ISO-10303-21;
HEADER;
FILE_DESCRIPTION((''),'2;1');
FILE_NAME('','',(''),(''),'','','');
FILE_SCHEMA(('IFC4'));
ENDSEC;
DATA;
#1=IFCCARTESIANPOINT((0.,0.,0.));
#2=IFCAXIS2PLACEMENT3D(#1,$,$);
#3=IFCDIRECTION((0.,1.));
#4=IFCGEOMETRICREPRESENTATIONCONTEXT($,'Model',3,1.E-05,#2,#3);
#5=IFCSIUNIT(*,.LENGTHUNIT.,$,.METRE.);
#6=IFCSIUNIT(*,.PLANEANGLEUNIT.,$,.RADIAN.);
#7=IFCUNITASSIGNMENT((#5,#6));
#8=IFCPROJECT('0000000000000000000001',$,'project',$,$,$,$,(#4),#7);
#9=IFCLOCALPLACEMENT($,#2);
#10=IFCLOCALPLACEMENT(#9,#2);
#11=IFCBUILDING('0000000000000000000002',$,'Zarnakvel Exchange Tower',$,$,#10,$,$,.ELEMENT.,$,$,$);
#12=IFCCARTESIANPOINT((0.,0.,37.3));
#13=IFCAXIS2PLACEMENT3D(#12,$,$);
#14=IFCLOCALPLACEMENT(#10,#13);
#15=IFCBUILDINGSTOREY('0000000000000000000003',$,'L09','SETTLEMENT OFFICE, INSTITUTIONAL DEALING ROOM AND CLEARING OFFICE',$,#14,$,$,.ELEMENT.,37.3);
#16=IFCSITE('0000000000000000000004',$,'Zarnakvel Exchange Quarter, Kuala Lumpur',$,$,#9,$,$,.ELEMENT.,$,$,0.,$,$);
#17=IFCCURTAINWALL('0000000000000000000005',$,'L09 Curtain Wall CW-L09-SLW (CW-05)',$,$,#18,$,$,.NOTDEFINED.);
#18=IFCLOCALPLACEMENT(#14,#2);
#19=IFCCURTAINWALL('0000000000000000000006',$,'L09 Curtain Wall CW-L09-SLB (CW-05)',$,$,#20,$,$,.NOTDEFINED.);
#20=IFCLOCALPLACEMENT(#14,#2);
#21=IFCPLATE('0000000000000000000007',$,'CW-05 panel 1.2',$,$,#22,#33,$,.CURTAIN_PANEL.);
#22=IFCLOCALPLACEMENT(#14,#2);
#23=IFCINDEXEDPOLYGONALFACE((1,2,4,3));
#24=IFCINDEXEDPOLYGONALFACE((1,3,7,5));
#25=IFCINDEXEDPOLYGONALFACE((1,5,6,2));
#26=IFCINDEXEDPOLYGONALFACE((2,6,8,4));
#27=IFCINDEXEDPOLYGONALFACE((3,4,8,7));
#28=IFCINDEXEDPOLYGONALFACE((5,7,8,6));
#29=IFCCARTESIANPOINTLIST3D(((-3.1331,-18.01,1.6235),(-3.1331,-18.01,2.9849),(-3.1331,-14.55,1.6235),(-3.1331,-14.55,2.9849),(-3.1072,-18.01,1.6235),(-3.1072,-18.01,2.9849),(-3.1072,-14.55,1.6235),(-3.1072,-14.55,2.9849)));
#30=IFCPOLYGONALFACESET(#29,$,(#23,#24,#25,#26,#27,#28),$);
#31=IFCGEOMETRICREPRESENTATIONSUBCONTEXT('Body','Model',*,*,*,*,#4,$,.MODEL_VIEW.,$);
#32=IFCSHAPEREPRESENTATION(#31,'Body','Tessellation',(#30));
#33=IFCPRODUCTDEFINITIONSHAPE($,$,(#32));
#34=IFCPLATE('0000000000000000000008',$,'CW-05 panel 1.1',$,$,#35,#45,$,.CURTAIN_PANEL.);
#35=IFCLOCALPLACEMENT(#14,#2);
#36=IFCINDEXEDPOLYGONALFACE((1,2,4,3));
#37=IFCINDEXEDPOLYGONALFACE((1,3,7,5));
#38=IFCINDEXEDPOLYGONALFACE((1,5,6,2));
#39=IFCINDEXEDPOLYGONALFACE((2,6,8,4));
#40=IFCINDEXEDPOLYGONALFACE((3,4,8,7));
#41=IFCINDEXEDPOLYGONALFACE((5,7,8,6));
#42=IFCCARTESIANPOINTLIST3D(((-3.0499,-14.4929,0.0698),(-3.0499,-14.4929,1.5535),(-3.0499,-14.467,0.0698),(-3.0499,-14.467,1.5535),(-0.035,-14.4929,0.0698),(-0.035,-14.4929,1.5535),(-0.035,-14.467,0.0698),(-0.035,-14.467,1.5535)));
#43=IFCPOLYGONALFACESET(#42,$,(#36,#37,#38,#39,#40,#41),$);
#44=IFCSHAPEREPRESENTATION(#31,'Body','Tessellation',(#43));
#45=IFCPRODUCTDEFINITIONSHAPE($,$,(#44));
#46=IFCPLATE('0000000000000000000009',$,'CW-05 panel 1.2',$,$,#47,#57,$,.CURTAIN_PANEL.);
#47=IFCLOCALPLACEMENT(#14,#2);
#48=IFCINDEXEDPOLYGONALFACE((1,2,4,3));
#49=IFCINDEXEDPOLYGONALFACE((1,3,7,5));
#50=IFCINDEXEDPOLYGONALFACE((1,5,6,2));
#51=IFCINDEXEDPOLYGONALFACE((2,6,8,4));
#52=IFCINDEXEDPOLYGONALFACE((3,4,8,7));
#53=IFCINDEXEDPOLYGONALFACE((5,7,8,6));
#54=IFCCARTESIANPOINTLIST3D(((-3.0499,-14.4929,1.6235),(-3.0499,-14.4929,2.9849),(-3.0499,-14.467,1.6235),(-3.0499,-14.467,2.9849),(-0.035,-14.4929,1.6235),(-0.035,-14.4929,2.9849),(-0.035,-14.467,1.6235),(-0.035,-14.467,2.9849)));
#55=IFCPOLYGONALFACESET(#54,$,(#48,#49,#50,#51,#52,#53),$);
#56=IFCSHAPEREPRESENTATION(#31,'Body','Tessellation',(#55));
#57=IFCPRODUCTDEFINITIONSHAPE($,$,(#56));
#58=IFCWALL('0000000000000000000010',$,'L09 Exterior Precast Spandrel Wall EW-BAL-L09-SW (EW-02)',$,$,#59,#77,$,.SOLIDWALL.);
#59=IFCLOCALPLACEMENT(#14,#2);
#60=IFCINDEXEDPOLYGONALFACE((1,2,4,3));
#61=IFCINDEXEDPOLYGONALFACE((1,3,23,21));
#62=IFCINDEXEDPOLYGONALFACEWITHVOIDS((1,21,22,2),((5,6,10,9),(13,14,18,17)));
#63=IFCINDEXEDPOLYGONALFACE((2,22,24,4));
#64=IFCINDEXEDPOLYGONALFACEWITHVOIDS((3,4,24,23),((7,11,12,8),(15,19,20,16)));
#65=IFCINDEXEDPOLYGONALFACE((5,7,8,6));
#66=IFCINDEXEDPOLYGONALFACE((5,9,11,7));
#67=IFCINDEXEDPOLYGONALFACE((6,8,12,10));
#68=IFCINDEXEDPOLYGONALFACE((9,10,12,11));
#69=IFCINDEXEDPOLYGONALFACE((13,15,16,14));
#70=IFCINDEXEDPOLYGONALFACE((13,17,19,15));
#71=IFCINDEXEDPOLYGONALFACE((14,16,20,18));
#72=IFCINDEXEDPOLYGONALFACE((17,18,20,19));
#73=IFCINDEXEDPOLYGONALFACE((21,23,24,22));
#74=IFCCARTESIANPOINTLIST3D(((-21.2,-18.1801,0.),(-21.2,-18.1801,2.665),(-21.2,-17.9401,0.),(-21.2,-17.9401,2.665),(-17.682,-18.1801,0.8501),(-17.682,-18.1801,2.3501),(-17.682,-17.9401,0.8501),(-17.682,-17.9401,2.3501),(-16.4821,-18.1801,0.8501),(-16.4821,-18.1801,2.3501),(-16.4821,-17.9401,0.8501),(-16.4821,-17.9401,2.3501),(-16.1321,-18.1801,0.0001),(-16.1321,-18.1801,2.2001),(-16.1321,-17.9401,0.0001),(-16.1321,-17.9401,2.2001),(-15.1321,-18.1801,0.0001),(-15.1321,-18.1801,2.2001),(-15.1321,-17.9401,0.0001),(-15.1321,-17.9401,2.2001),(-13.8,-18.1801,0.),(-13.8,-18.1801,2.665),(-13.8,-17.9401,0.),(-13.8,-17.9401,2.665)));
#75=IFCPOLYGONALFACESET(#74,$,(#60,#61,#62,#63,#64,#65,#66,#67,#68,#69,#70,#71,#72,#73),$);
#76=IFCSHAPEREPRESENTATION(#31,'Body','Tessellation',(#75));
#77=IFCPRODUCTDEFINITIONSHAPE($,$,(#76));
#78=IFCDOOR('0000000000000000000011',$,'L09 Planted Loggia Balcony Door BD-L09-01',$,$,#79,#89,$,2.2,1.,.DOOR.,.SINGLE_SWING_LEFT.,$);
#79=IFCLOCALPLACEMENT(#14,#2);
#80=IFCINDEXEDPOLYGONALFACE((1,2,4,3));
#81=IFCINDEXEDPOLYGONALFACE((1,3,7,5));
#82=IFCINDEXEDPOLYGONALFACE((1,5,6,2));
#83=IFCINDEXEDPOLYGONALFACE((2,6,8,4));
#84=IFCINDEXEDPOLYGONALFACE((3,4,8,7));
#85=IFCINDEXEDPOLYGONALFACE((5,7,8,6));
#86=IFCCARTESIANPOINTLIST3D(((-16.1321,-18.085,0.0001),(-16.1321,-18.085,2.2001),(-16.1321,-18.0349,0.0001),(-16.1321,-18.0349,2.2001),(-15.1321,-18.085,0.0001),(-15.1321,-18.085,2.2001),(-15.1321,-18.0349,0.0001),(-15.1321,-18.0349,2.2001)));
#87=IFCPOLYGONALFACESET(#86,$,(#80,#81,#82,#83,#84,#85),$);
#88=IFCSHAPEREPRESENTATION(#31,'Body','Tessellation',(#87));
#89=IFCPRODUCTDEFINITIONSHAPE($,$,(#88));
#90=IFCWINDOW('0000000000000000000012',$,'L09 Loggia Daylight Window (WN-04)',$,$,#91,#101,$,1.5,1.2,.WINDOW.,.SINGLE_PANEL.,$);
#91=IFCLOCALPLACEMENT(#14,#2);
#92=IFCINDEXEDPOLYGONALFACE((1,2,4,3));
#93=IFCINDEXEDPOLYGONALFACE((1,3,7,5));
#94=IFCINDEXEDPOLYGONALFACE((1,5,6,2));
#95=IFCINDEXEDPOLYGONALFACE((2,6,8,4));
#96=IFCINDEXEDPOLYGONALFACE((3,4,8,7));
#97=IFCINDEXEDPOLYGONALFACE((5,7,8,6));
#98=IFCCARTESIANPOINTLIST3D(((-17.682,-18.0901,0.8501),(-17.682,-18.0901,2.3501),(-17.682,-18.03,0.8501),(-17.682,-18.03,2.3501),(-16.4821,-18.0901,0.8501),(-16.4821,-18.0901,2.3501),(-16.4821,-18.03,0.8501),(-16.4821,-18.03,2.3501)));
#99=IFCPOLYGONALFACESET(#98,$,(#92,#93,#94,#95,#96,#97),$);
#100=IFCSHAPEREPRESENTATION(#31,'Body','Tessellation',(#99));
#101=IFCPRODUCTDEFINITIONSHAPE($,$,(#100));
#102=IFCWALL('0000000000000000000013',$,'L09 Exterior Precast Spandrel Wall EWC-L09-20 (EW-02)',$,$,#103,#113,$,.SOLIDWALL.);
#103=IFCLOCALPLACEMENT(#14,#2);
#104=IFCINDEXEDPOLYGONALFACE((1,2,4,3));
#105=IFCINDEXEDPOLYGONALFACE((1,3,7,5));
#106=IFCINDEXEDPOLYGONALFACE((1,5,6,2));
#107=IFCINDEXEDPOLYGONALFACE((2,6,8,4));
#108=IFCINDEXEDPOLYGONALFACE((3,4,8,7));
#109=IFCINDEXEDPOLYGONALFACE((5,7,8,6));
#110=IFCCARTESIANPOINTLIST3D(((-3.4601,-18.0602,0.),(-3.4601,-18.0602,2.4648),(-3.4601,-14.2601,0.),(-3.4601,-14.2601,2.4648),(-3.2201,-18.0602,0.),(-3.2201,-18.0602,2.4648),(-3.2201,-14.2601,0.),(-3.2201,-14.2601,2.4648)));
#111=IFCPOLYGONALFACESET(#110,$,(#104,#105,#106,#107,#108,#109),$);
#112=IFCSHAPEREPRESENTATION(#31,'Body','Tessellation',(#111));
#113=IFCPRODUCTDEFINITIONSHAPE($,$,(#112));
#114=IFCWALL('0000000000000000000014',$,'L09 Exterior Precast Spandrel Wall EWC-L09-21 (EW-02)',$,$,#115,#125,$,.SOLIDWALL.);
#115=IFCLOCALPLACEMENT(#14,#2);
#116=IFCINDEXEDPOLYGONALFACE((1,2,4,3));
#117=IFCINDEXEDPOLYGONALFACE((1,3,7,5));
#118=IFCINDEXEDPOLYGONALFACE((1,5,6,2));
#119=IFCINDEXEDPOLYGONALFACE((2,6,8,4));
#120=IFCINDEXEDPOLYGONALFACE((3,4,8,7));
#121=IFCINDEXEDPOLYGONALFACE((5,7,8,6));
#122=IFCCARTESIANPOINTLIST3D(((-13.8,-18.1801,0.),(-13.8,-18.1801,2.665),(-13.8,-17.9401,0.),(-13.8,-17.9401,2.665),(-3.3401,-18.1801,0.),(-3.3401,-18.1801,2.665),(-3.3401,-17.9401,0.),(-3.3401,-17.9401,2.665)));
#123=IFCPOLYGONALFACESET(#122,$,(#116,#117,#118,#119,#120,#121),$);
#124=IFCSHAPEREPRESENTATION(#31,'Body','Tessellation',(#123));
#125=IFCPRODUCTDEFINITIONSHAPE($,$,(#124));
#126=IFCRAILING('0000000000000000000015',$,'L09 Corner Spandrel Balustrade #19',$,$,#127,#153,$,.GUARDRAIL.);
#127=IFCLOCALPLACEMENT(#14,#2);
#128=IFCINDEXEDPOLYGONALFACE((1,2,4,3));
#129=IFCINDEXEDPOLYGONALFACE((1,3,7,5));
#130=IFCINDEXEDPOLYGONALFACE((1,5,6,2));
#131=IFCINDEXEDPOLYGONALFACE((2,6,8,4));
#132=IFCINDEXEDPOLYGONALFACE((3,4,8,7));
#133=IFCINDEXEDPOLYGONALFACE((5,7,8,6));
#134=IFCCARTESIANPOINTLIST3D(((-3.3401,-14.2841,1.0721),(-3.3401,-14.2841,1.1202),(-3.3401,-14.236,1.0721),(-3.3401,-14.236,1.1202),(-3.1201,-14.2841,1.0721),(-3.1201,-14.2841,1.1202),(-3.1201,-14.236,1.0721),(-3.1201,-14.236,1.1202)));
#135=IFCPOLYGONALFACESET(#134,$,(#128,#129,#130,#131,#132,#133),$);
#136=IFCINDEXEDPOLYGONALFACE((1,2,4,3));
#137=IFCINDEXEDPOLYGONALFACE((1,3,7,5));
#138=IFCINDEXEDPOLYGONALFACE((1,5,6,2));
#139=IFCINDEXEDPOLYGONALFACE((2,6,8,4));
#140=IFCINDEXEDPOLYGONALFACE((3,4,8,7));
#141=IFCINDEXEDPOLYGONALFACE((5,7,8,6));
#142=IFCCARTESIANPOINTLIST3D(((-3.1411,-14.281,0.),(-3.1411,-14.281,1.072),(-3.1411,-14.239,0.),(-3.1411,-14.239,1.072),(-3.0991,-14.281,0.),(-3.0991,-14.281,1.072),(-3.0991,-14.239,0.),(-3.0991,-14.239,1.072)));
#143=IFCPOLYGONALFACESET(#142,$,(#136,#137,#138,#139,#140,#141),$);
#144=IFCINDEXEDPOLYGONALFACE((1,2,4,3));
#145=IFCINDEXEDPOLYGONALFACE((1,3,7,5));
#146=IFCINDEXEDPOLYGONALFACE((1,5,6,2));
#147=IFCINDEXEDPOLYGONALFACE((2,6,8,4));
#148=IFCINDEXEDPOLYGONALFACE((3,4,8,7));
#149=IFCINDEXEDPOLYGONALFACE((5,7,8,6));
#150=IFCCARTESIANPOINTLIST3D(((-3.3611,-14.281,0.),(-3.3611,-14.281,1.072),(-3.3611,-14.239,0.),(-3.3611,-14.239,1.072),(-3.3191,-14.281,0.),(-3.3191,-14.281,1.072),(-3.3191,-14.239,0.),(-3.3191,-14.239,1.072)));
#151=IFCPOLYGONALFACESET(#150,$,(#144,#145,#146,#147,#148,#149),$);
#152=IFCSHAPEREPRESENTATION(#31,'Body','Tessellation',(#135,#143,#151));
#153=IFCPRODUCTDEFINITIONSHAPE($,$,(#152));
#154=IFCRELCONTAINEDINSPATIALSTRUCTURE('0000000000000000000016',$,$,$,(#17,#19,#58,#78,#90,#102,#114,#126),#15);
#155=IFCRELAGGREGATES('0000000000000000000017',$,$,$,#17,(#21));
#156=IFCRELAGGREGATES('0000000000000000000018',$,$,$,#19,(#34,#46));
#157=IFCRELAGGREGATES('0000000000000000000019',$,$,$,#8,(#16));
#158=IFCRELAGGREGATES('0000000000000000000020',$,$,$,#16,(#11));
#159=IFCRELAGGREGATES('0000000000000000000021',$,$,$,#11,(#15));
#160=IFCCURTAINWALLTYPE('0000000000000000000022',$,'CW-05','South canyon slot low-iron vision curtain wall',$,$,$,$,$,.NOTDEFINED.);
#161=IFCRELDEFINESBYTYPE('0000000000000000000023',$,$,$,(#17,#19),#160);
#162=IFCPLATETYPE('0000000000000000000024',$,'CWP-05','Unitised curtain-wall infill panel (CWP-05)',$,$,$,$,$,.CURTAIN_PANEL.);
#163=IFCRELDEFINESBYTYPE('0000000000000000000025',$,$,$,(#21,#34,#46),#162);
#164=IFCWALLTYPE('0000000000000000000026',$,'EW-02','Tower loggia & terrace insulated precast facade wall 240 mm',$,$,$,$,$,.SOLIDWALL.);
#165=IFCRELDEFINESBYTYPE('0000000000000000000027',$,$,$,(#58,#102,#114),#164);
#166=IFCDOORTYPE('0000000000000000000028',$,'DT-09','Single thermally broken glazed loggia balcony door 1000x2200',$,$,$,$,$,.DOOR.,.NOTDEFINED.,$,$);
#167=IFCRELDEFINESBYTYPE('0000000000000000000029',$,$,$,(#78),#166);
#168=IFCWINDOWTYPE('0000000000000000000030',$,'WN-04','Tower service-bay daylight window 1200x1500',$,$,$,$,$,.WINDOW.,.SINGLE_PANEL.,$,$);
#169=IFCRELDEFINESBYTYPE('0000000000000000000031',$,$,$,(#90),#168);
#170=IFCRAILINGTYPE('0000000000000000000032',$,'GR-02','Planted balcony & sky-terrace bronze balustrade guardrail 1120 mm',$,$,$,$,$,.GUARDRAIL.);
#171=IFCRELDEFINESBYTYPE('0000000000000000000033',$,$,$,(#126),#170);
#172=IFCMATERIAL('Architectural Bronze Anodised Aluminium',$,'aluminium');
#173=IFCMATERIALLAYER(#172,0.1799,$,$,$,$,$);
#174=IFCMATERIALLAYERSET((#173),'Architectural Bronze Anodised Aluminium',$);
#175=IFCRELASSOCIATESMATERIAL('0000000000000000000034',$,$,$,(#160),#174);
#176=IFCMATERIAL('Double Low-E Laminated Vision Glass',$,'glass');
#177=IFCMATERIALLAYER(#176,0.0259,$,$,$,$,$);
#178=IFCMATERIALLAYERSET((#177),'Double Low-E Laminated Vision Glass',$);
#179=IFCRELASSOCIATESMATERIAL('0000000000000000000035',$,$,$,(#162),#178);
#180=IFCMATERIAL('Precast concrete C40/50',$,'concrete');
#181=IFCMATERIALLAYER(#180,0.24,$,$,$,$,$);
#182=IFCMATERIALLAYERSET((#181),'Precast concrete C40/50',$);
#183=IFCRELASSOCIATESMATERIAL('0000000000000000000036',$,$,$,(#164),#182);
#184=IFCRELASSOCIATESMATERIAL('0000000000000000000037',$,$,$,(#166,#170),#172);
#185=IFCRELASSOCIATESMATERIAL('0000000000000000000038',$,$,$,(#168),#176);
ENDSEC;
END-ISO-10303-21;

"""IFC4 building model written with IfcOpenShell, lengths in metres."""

from ifc_helpers import new_model, si_unit, direction, frame, frame_2d, origin, origin_2d, place, context, subcontext, project, spatial, rectangle, extrude, source, transform, mapped, material, layer, layer_set, type_object, element, fill, aggregate, save


model = new_model("IFC4")

# Units and contexts
model_context = context("Model", 3, precision=1e-05, world=origin(), true_north=direction((0.0, 1.0)))
body_context = subcontext(model_context, "Body", "Model", "MODEL_VIEW")
ifc_project = project(units=[si_unit("LENGTHUNIT", "METRE"), si_unit("PLANEANGLEUNIT", "RADIAN")], contexts=[model_context])

# Site, building, storey
site_placement = place(None, origin())
site = spatial("IfcSite", under=ifc_project, at=site_placement, Name="Zarnakvel Exchange Quarter, Kuala Lumpur", CompositionType="ELEMENT", RefElevation=0.0)
building_placement = place(site_placement, origin())
building = spatial("IfcBuilding", under=site, at=building_placement, Name="Zarnakvel Exchange Tower", CompositionType="ELEMENT")
storey_placement = place(building_placement, frame((0.0, 0.0, 37.3)))
storey = spatial("IfcBuildingStorey", under=building, at=storey_placement, Name="L09", Description="SETTLEMENT OFFICE, INSTITUTIONAL DEALING ROOM AND CLEARING OFFICE", CompositionType="ELEMENT", Elevation=37.3)

# Curtain walls
ifc_material_1 = material(Name="Architectural Bronze Anodised Aluminium", Category="aluminium")
ifc_layer_1 = layer(ifc_material_1, 0.1799)
ifc_layer_set_1 = layer_set([ifc_layer_1], Name="Architectural Bronze Anodised Aluminium")
curtain_wall_type = type_object("IfcCurtainWallType", Name="CW-05", Description="South canyon slot low-iron vision curtain wall", PredefinedType="NOTDEFINED", material=ifc_layer_set_1)
curtain_wall_1_placement = place(storey_placement, origin())
curtain_wall_1 = element("IfcCurtainWall", 1, at=curtain_wall_1_placement, inside=storey, type_object=curtain_wall_type, Name="L09 Curtain Wall CW-L09-SLW (CW-05)", PredefinedType="NOTDEFINED")
curtain_wall_2_placement = place(storey_placement, origin())
curtain_wall_2 = element("IfcCurtainWall", 2, at=curtain_wall_2_placement, inside=storey, type_object=curtain_wall_type, Name="L09 Curtain Wall CW-L09-SLB (CW-05)", PredefinedType="NOTDEFINED")

# Plates
ifc_material_2 = material(Name="Double Low-E Laminated Vision Glass", Category="glass")
ifc_layer_2 = layer(ifc_material_2, 0.0259)
ifc_layer_set_2 = layer_set([ifc_layer_2], Name="Double Low-E Laminated Vision Glass")
plate_type = type_object("IfcPlateType", Name="CWP-05", Description="Unitised curtain-wall infill panel (CWP-05)", PredefinedType="CURTAIN_PANEL", material=ifc_layer_set_2)
shared_shape_1 = source(origin(), body_context, "Body", "SweptSolid", [
    extrude(rectangle(XDim=3.46, YDim=0.0259, at=origin_2d()), origin(), (0.0, 0.0, 1.0), 1.3613),
])
plate_1_placement = place(storey_placement, frame((-3.1201, -16.28, 1.6235), z_axis=(0.0, 0.0, 1.0), x_axis=(0.0, 1.0, 0.0)))
plate_1 = element("IfcPlate", 3, at=plate_1_placement, type_object=plate_type, Name="CW-05 panel 1.2", PredefinedType="CURTAIN_PANEL", context=body_context, shape_type="MappedRepresentation", body=[
    mapped(shared_shape_1, transform((0.0, 0.0, 0.0), x_axis=(1.0, 0.0, 0.0), y_axis=(0.0, 1.0, 0.0), z_axis=(0.0, 0.0, 1.0), scale=1.0)),
])
aggregate(curtain_wall_1, [plate_1])
shared_shape_2 = source(origin(), body_context, "Body", "SweptSolid", [
    extrude(rectangle(XDim=3.0149, YDim=0.0259, at=origin_2d()), origin(), (0.0, 0.0, 1.0), 1.4836),
])
plate_2_placement = place(storey_placement, frame((-1.5425, -14.48, 0.0698), z_axis=(0.0, 0.0, 1.0), x_axis=(1.0, 0.0, 0.0)))
plate_2 = element("IfcPlate", 4, at=plate_2_placement, type_object=plate_type, Name="CW-05 panel 1.1", PredefinedType="CURTAIN_PANEL", context=body_context, shape_type="MappedRepresentation", body=[
    mapped(shared_shape_2, transform((0.0, 0.0, 0.0), x_axis=(1.0, 0.0, 0.0), y_axis=(0.0, 1.0, 0.0), z_axis=(0.0, 0.0, 1.0), scale=1.0)),
])
shared_shape_3 = source(origin(), body_context, "Body", "SweptSolid", [
    extrude(rectangle(XDim=3.0149, YDim=0.0259, at=origin_2d()), origin(), (0.0, 0.0, 1.0), 1.3613),
])
plate_3_placement = place(storey_placement, frame((-1.5425, -14.48, 1.6235), z_axis=(0.0, 0.0, 1.0), x_axis=(1.0, 0.0, 0.0)))
plate_3 = element("IfcPlate", 5, at=plate_3_placement, type_object=plate_type, Name="CW-05 panel 1.2", PredefinedType="CURTAIN_PANEL", context=body_context, shape_type="MappedRepresentation", body=[
    mapped(shared_shape_3, transform((0.0, 0.0, 0.0), x_axis=(1.0, 0.0, 0.0), y_axis=(0.0, 1.0, 0.0), z_axis=(0.0, 0.0, 1.0), scale=1.0)),
])
aggregate(curtain_wall_2, [plate_2, plate_3])

# Wall, openings, door, window
ifc_material_3 = material(Name="Precast concrete C40/50", Category="concrete")
ifc_layer_3 = layer(ifc_material_3, 0.24)
ifc_layer_set_3 = layer_set([ifc_layer_3], Name="Precast concrete C40/50")
wall_type = type_object("IfcWallType", Name="EW-02", Description="Tower loggia & terrace insulated precast facade wall 240 mm", PredefinedType="SOLIDWALL", material=ifc_layer_set_3)
wall_1_placement = place(storey_placement, frame((-13.8, -18.0601, 0.0), z_axis=(0.0, 0.0, 1.0), x_axis=(-1.0, 0.0, 0.0)))
wall_1 = element("IfcWall", 6, at=wall_1_placement, inside=storey, type_object=wall_type, Name="L09 Exterior Precast Spandrel Wall EW-BAL-L09-SW (EW-02)", PredefinedType="SOLIDWALL", context=body_context, shape_type="SweptSolid", body=[
    extrude(rectangle(XDim=7.3999, YDim=0.24, at=frame_2d((3.7, 0.0))), origin(), (0.0, 0.0, 1.0), 2.665),
])
opening_1_placement = place(wall_1_placement, frame((1.332, 0.0, 0.0)))
opening_1 = element("IfcOpeningElement", 7, at=opening_1_placement, cuts=wall_1, PredefinedType="OPENING", context=body_context, shape_type="SweptSolid", body=[
    extrude(rectangle(XDim=1.0, YDim=2.2, at=frame_2d((0.5, 1.1001))), frame((0.0, 0.1299, 0.0), z_axis=(0.0, -1.0, 0.0), x_axis=(1.0, 0.0, 0.0)), (0.0, 0.0, 1.0), 0.26),
])
opening_2_placement = place(wall_1_placement, frame((2.6819, 0.0, 0.8501)))
opening_2 = element("IfcOpeningElement", 8, at=opening_2_placement, cuts=wall_1, PredefinedType="OPENING", context=body_context, shape_type="SweptSolid", body=[
    extrude(rectangle(XDim=1.2, YDim=1.5, at=frame_2d((0.6001, 0.75))), frame((0.0, 0.1299, 0.0), z_axis=(0.0, -1.0, 0.0), x_axis=(1.0, 0.0, 0.0)), (0.0, 0.0, 1.0), 0.26),
])
door_type = type_object("IfcDoorType", Name="DT-09", Description="Single thermally broken glazed loggia balcony door 1000x2200", OperationType="NOTDEFINED", PredefinedType="DOOR", material=ifc_material_1)
shared_shape_4 = source(origin(), body_context, "Body", "SweptSolid", [
    extrude(rectangle(XDim=1.0, YDim=2.2, at=frame_2d((0.5, 1.1001))), frame((0.0, 0.0249, 0.0), z_axis=(0.0, -1.0, 0.0), x_axis=(1.0, 0.0, 0.0)), (0.0, 0.0, 1.0), 0.05),
])
door_placement = place(opening_1_placement, origin())
door = element("IfcDoor", 9, at=door_placement, inside=storey, type_object=door_type, Name="L09 Planted Loggia Balcony Door BD-L09-01", OperationType="SINGLE_SWING_LEFT", OverallHeight=2.2, OverallWidth=1.0, PredefinedType="DOOR", context=body_context, shape_type="MappedRepresentation", body=[
    mapped(shared_shape_4, transform((0.0, 0.0, 0.0), x_axis=(1.0, 0.0, 0.0), y_axis=(0.0, 1.0, 0.0), z_axis=(0.0, 0.0, 1.0), scale=1.0)),
])
fill(opening_1, door)
window_type = type_object("IfcWindowType", Name="WN-04", Description="Tower service-bay daylight window 1200x1500", PartitioningType="SINGLE_PANEL", PredefinedType="WINDOW", material=ifc_material_2)
shared_shape_5 = source(origin(), body_context, "Body", "SweptSolid", [
    extrude(rectangle(XDim=1.2, YDim=1.5, at=frame_2d((0.6001, 0.75))), frame((0.0, 0.03, 0.0), z_axis=(0.0, -1.0, 0.0), x_axis=(1.0, 0.0, 0.0)), (0.0, 0.0, 1.0), 0.0601),
])
window_placement = place(opening_2_placement, origin())
window = element("IfcWindow", 10, at=window_placement, inside=storey, type_object=window_type, Name="L09 Loggia Daylight Window (WN-04)", OverallHeight=1.5, OverallWidth=1.2, PartitioningType="SINGLE_PANEL", PredefinedType="WINDOW", context=body_context, shape_type="MappedRepresentation", body=[
    mapped(shared_shape_5, transform((0.0, 0.0, 0.0), x_axis=(1.0, 0.0, 0.0), y_axis=(0.0, 1.0, 0.0), z_axis=(0.0, 0.0, 1.0), scale=1.0)),
])
fill(opening_2, window)

# Walls
wall_2_placement = place(storey_placement, frame((-3.3401, -18.0601, 0.0), z_axis=(0.0, 0.0, 1.0), x_axis=(0.0, 1.0, 0.0)))
element("IfcWall", 11, at=wall_2_placement, inside=storey, type_object=wall_type, Name="L09 Exterior Precast Spandrel Wall EWC-L09-20 (EW-02)", PredefinedType="SOLIDWALL", context=body_context, shape_type="SweptSolid", body=[
    extrude(rectangle(XDim=3.8, YDim=0.24, at=frame_2d((1.8999, 0.0))), origin(), (0.0, 0.0, 1.0), 2.4648),
])
wall_3_placement = place(storey_placement, frame((-13.8, -18.0601, 0.0), z_axis=(0.0, 0.0, 1.0), x_axis=(1.0, 0.0, 0.0)))
element("IfcWall", 12, at=wall_3_placement, inside=storey, type_object=wall_type, Name="L09 Exterior Precast Spandrel Wall EWC-L09-21 (EW-02)", PredefinedType="SOLIDWALL", context=body_context, shape_type="SweptSolid", body=[
    extrude(rectangle(XDim=10.46, YDim=0.24, at=frame_2d((5.23, 0.0))), origin(), (0.0, 0.0, 1.0), 2.665),
])

# Railing
railing_type = type_object("IfcRailingType", Name="GR-02", Description="Planted balcony & sky-terrace bronze balustrade guardrail 1120 mm", PredefinedType="GUARDRAIL", material=ifc_material_1)
railing_placement = place(storey_placement, frame((-3.1201, -14.26, 0.0)))
element("IfcRailing", 13, at=railing_placement, inside=storey, type_object=railing_type, Name="L09 Corner Spandrel Balustrade #19", PredefinedType="GUARDRAIL", context=body_context, shape_type="SweptSolid", body=[
    extrude(rectangle(XDim=0.0481, YDim=0.0481, at=origin_2d()), frame((0.0, 0.0, 1.0962), z_axis=(-1.0, 0.0, 0.0), x_axis=(0.0, -1.0, 0.0)), (0.0, 0.0, 1.0), 0.22),
    extrude(rectangle(XDim=0.042, YDim=0.042, at=origin_2d()), origin(), (0.0, 0.0, 1.0), 1.072),
    extrude(rectangle(XDim=0.042, YDim=0.042, at=origin_2d()), frame((-0.22, 0.0, 0.0)), (0.0, 0.0, 1.0), 1.072),
])

save(model, "model.ifc")
